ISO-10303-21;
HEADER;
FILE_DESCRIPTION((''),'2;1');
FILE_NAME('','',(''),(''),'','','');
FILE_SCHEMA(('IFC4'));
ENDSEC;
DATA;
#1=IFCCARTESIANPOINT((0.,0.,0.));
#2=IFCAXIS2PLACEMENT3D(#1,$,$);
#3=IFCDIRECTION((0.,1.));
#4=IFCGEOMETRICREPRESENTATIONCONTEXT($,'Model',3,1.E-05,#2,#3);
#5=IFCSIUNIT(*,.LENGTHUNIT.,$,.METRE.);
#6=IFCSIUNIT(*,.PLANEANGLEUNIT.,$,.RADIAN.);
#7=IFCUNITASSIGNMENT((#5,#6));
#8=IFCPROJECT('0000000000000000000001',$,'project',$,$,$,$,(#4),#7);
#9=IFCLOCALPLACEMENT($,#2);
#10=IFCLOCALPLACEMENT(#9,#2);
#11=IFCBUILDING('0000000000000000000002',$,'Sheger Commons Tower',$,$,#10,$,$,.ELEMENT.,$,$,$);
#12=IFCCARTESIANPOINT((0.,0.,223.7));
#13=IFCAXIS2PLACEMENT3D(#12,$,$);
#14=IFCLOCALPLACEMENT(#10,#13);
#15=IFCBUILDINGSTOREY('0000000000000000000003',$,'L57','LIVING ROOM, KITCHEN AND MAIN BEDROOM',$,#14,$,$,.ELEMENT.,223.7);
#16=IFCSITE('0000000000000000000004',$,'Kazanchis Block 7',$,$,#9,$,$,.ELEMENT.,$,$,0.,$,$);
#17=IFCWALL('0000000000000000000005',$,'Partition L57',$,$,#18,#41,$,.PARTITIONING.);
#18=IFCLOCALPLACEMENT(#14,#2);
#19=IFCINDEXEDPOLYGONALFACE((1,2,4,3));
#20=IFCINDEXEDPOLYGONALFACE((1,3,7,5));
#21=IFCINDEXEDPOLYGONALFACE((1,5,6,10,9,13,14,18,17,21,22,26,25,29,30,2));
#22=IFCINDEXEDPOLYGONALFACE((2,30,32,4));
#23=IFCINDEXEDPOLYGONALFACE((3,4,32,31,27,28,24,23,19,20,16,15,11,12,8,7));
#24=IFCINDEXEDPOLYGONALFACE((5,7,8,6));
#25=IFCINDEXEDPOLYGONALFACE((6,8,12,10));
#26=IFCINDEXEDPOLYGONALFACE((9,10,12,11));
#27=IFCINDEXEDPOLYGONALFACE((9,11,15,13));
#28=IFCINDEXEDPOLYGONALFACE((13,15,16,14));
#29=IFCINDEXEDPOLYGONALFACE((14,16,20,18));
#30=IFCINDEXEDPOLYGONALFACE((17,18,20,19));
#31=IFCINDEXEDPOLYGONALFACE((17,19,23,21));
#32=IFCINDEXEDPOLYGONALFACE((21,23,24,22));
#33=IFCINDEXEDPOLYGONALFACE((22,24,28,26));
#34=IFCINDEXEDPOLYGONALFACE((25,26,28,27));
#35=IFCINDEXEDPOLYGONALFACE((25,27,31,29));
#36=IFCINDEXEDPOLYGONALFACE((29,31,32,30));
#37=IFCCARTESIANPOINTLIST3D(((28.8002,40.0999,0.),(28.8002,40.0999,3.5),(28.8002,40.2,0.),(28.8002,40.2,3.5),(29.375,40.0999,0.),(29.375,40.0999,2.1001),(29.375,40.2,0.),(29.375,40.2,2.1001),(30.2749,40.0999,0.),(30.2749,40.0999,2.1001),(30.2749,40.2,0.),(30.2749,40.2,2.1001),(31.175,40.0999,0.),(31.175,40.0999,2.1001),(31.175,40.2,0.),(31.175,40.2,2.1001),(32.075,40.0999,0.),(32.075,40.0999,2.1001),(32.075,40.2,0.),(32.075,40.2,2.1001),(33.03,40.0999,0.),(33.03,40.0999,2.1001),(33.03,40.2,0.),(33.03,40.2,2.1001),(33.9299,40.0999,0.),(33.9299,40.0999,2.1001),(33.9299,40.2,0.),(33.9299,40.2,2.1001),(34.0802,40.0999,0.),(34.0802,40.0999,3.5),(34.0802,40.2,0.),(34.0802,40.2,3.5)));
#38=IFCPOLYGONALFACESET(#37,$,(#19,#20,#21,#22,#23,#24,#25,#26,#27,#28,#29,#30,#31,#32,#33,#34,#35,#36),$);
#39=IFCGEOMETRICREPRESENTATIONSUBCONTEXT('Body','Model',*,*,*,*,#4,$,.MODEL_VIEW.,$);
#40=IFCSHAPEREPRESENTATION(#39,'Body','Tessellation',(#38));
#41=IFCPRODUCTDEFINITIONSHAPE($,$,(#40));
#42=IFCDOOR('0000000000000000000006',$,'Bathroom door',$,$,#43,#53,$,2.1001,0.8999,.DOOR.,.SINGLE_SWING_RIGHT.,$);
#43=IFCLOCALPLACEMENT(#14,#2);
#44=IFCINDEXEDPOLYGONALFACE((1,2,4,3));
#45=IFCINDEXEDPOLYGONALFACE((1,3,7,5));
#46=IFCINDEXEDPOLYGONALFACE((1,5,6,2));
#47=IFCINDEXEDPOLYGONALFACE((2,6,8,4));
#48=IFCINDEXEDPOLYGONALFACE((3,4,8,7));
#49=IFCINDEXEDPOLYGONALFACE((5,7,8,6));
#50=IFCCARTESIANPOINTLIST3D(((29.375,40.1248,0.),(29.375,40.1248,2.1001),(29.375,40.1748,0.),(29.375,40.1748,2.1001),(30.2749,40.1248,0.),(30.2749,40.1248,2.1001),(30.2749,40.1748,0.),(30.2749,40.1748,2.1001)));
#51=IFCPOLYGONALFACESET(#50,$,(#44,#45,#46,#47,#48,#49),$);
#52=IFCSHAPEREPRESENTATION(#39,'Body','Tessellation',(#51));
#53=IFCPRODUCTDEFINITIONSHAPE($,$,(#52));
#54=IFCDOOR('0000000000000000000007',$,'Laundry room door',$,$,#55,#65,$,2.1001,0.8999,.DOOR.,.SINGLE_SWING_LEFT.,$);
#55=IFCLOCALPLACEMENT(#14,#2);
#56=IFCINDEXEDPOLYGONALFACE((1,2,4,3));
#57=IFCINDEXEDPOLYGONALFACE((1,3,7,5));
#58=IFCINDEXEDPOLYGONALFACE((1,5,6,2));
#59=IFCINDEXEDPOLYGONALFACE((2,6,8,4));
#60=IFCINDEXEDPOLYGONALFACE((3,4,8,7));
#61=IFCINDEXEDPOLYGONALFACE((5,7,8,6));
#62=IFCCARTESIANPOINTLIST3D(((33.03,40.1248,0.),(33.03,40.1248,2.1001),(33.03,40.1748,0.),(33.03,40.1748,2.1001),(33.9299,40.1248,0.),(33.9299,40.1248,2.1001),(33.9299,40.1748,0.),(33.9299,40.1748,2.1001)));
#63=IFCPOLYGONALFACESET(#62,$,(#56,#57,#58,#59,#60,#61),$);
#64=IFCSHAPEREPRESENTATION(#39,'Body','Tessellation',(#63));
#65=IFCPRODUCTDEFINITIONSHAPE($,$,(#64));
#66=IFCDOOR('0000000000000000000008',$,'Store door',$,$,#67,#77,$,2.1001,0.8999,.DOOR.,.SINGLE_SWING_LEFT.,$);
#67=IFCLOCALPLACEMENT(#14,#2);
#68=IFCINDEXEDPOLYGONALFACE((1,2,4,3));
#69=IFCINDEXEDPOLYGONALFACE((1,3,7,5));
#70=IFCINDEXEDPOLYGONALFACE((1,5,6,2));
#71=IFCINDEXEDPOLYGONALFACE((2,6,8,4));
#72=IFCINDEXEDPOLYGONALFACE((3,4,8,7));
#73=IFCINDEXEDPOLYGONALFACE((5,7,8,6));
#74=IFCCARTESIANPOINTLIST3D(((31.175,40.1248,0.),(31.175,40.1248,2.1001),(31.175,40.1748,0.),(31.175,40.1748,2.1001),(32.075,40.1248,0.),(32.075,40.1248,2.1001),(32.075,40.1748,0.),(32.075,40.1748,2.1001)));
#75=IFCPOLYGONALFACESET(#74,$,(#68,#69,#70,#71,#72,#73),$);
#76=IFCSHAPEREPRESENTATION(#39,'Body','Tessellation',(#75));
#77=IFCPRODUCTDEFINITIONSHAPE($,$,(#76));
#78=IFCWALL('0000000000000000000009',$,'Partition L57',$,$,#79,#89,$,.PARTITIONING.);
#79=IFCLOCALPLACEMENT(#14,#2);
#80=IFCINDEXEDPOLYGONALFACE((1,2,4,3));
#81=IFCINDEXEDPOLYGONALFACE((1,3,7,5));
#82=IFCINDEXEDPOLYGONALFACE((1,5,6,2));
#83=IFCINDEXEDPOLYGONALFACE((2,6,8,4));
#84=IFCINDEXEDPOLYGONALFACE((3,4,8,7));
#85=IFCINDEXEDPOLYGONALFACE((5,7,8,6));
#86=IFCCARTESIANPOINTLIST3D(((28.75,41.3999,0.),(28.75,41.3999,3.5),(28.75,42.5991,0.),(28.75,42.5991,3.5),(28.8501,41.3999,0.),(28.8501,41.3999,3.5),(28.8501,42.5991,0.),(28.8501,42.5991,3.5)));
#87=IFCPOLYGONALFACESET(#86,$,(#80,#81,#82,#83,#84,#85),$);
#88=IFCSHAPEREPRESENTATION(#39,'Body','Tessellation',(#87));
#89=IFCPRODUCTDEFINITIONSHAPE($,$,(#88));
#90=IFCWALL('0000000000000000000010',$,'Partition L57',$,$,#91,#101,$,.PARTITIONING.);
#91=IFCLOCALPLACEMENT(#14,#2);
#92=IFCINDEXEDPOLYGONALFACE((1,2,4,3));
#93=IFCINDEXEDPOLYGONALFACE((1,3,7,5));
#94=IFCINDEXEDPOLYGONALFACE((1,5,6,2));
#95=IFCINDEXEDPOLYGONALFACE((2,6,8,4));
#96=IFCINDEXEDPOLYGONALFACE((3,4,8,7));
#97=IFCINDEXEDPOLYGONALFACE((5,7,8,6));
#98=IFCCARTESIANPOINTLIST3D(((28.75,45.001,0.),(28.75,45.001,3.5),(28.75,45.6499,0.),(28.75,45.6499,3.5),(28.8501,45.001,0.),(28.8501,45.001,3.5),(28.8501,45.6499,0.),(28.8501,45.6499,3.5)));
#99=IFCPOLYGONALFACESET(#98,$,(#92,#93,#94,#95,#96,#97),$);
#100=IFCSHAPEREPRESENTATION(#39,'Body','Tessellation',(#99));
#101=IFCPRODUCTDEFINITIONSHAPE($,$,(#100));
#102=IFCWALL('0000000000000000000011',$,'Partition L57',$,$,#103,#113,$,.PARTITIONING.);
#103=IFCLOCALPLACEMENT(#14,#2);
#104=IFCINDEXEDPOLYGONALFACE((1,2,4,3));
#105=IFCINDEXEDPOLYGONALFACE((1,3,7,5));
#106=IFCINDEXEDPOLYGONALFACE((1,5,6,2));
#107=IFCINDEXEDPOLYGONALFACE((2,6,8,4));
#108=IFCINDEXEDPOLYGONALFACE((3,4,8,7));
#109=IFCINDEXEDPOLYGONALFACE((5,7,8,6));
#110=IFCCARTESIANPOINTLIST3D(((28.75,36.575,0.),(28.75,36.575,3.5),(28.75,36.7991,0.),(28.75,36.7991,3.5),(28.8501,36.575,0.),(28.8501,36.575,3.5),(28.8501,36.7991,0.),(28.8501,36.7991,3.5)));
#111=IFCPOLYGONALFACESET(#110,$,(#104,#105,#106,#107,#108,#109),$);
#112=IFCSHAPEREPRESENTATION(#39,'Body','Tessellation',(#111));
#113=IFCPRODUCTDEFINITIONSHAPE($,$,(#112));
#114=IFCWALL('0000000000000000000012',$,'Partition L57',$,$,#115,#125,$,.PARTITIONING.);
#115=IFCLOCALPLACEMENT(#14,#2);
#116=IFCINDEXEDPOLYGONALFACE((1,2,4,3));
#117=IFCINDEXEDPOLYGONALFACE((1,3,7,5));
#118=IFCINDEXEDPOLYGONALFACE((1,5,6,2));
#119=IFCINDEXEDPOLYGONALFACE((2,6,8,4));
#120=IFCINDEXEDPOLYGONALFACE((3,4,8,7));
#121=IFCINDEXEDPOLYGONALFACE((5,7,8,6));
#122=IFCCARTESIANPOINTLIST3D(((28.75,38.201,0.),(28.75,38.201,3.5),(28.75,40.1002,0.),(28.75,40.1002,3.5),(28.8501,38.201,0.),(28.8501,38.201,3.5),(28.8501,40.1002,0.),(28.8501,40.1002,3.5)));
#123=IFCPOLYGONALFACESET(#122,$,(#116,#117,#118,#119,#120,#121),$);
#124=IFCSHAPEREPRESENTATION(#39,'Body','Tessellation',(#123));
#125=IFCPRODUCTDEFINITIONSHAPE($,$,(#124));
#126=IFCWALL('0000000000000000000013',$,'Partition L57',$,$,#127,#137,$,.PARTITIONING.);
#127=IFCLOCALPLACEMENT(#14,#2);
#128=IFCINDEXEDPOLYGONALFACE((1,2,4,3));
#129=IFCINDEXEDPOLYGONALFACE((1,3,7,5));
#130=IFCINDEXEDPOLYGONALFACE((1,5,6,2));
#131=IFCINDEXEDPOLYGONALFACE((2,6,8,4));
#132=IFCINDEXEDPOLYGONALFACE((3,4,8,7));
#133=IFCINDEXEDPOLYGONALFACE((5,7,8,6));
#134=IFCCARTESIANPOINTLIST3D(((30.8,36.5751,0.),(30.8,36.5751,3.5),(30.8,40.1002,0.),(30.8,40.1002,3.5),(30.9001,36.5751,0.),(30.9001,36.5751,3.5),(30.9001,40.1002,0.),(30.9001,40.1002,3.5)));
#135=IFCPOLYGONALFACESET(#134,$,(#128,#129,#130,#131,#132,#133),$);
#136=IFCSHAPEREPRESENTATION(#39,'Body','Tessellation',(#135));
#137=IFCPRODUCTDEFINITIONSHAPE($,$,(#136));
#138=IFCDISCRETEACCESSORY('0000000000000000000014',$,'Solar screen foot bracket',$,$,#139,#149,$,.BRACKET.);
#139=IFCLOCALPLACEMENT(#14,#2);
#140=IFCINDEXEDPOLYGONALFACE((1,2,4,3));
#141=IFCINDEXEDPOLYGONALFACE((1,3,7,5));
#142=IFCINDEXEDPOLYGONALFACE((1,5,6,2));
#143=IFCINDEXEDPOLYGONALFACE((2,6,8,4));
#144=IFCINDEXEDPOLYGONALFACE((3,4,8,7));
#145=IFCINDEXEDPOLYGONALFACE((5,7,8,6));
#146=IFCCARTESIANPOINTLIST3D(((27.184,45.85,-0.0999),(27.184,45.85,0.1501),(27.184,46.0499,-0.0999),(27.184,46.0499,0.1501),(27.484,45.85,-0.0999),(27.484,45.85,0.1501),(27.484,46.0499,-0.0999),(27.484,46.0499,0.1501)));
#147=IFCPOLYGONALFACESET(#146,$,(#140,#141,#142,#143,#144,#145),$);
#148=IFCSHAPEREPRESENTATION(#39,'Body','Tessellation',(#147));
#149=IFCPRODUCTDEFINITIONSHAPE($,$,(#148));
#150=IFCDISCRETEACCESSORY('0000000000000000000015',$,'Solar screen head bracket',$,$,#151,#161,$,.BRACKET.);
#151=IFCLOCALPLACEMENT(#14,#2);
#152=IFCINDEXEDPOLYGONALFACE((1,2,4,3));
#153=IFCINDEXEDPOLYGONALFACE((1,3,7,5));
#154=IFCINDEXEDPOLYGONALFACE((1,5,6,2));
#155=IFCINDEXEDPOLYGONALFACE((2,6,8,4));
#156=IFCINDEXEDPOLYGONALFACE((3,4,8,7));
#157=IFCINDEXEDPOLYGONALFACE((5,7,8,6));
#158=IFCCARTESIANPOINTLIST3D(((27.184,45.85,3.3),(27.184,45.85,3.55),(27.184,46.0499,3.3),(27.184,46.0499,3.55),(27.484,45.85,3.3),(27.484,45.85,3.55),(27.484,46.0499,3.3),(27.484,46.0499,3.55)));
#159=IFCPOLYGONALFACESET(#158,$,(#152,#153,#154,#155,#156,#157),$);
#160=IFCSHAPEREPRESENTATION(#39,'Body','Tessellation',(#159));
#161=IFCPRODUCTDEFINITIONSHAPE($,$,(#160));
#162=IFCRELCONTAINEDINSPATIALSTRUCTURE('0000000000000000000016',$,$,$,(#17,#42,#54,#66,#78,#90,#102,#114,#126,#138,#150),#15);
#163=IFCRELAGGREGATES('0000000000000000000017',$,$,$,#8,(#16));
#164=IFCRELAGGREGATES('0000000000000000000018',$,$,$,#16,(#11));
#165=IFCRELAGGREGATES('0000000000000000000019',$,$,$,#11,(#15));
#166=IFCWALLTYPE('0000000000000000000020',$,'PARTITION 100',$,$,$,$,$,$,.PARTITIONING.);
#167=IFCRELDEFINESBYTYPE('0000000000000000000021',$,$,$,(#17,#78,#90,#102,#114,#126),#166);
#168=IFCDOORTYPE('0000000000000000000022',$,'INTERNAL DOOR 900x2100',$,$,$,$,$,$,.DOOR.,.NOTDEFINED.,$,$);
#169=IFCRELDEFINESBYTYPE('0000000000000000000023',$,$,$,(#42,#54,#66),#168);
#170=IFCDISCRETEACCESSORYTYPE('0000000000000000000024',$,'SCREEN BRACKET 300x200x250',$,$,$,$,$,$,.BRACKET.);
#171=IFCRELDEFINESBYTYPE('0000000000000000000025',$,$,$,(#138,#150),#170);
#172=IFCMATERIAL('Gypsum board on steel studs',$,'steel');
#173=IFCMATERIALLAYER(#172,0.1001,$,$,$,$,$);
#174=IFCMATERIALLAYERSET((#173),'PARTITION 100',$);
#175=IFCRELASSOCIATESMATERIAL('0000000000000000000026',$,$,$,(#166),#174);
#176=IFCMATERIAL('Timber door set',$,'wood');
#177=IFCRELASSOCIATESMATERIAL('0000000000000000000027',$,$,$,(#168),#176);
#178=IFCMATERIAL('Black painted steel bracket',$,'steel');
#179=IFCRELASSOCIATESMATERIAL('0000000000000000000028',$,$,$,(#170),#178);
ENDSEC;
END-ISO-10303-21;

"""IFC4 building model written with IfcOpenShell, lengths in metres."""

from ifc_helpers import new_model, si_unit, direction, frame, frame_2d, origin, origin_2d, place, context, subcontext, project, spatial, rectangle, extrude, material, layer, layer_set, type_object, element, fill, save


model = new_model("IFC4")

# Units and contexts
model_context = context("Model", 3, precision=1e-05, world=origin(), true_north=direction((0.0, 1.0)))
body_context = subcontext(model_context, "Body", "Model", "MODEL_VIEW")
ifc_project = project(units=[si_unit("LENGTHUNIT", "METRE"), si_unit("PLANEANGLEUNIT", "RADIAN")], contexts=[model_context])

# Site, building, storey
site_placement = place(None, origin())
site = spatial("IfcSite", under=ifc_project, at=site_placement, Name="Kazanchis Block 7", CompositionType="ELEMENT", RefElevation=0.0)
building_placement = place(site_placement, origin())
building = spatial("IfcBuilding", under=site, at=building_placement, Name="Sheger Commons Tower", CompositionType="ELEMENT")
storey_placement = place(building_placement, frame((0.0, 0.0, 223.7)))
storey = spatial("IfcBuildingStorey", under=building, at=storey_placement, Name="L57", Description="LIVING ROOM, KITCHEN AND MAIN BEDROOM", CompositionType="ELEMENT", Elevation=223.7)

# Shared definitions
ifc_material_1 = material(Name="Gypsum board on steel studs", Category="steel")
ifc_layer_1 = layer(ifc_material_1, 0.1001)
ifc_layer_set_1 = layer_set([ifc_layer_1], Name="PARTITION 100")
wall_type_1 = type_object("IfcWallType", Name="PARTITION 100", PredefinedType="PARTITIONING", material=ifc_layer_set_1)

# Shared definitions
ifc_material_2 = material(Name="Timber door set", Category="wood")
door_type = type_object("IfcDoorType", Name="INTERNAL DOOR 900x2100", OperationType="NOTDEFINED", PredefinedType="DOOR", material=ifc_material_2)

# Wall, openings, doors
wall_1_placement = place(storey_placement, frame((28.8, 40.1499, 0.0), z_axis=(0.0, 0.0, 1.0), x_axis=(1.0, 0.0, 0.0)))
wall_1 = element("IfcWall", 1, at=wall_1_placement, inside=storey, type_object=wall_type_1, Name="Partition L57", PredefinedType="PARTITIONING", context=body_context, shape_type="SweptSolid", body=[
    extrude(rectangle(XDim=5.28, YDim=0.1001, at=frame_2d((2.6401, 0.0))), origin(), (0.0, 0.0, 1.0), 3.5),
])
opening_1_placement = place(wall_1_placement, frame((0.575, 0.0, 0.0)))
opening_1 = element("IfcOpeningElement", 2, at=opening_1_placement, cuts=wall_1, PredefinedType="OPENING", context=body_context, shape_type="SweptSolid", body=[
    extrude(rectangle(XDim=0.8999, YDim=2.1001, at=frame_2d((0.45, 1.05))), frame((0.0, 0.0601, 0.0), z_axis=(0.0, -1.0, 0.0), x_axis=(1.0, 0.0, 0.0)), (0.0, 0.0, 1.0), 0.1201),
])
opening_2_placement = place(wall_1_placement, frame((4.23, 0.0, 0.0)))
opening_2 = element("IfcOpeningElement", 3, at=opening_2_placement, cuts=wall_1, PredefinedType="OPENING", context=body_context, shape_type="SweptSolid", body=[
    extrude(rectangle(XDim=0.8999, YDim=2.1001, at=frame_2d((0.45, 1.05))), frame((0.0, 0.0601, 0.0), z_axis=(0.0, -1.0, 0.0), x_axis=(1.0, 0.0, 0.0)), (0.0, 0.0, 1.0), 0.1201),
])
opening_3_placement = place(wall_1_placement, frame((2.375, 0.0, 0.0)))
opening_3 = element("IfcOpeningElement", 4, at=opening_3_placement, cuts=wall_1, PredefinedType="OPENING", context=body_context, shape_type="SweptSolid", body=[
    extrude(rectangle(XDim=0.8999, YDim=2.1001, at=frame_2d((0.45, 1.05))), frame((0.0, 0.0601, 0.0), z_axis=(0.0, -1.0, 0.0), x_axis=(1.0, 0.0, 0.0)), (0.0, 0.0, 1.0), 0.1201),
])
door_1_placement = place(opening_1_placement, origin())
door_1 = element("IfcDoor", 5, at=door_1_placement, inside=storey, type_object=door_type, Name="Bathroom door", OperationType="SINGLE_SWING_RIGHT", OverallHeight=2.1001, OverallWidth=0.8999, PredefinedType="DOOR", context=body_context, shape_type="SweptSolid", body=[
    extrude(rectangle(XDim=0.8999, YDim=2.1001, at=frame_2d((0.45, 1.05))), frame((0.0, 0.0249, 0.0), z_axis=(0.0, -1.0, 0.0), x_axis=(1.0, 0.0, 0.0)), (0.0, 0.0, 1.0), 0.05),
])
fill(opening_1, door_1)
door_2_placement = place(opening_2_placement, origin())
door_2 = element("IfcDoor", 6, at=door_2_placement, inside=storey, type_object=door_type, Name="Laundry room door", OperationType="SINGLE_SWING_LEFT", OverallHeight=2.1001, OverallWidth=0.8999, PredefinedType="DOOR", context=body_context, shape_type="SweptSolid", body=[
    extrude(rectangle(XDim=0.8999, YDim=2.1001, at=frame_2d((0.45, 1.05))), frame((0.0, 0.0249, 0.0), z_axis=(0.0, -1.0, 0.0), x_axis=(1.0, 0.0, 0.0)), (0.0, 0.0, 1.0), 0.05),
])
fill(opening_2, door_2)
door_3_placement = place(opening_3_placement, origin())
door_3 = element("IfcDoor", 7, at=door_3_placement, inside=storey, type_object=door_type, Name="Store door", OperationType="SINGLE_SWING_LEFT", OverallHeight=2.1001, OverallWidth=0.8999, PredefinedType="DOOR", context=body_context, shape_type="SweptSolid", body=[
    extrude(rectangle(XDim=0.8999, YDim=2.1001, at=frame_2d((0.45, 1.05))), frame((0.0, 0.0249, 0.0), z_axis=(0.0, -1.0, 0.0), x_axis=(1.0, 0.0, 0.0)), (0.0, 0.0, 1.0), 0.05),
])
fill(opening_3, door_3)

# Walls
wall_2_placement = place(storey_placement, frame((28.8, 41.3999, 0.0), z_axis=(0.0, 0.0, 1.0), x_axis=(0.0, 1.0, 0.0)))
element("IfcWall", 8, at=wall_2_placement, inside=storey, type_object=wall_type_1, Name="Partition L57", PredefinedType="PARTITIONING", context=body_context, shape_type="SweptSolid", body=[
    extrude(rectangle(XDim=1.1992, YDim=0.1001, at=frame_2d((0.5996, 0.0))), origin(), (0.0, 0.0, 1.0), 3.5),
])
wall_3_placement = place(storey_placement, frame((28.8, 45.001, 0.0), z_axis=(0.0, 0.0, 1.0), x_axis=(0.0, 1.0, 0.0)))
element("IfcWall", 9, at=wall_3_placement, inside=storey, type_object=wall_type_1, Name="Partition L57", PredefinedType="PARTITIONING", context=body_context, shape_type="SweptSolid", body=[
    extrude(rectangle(XDim=0.6489, YDim=0.1001, at=frame_2d((0.3245, 0.0))), origin(), (0.0, 0.0, 1.0), 3.5),
])
wall_4_placement = place(storey_placement, frame((28.8, 36.575, 0.0), z_axis=(0.0, 0.0, 1.0), x_axis=(0.0, 1.0, 0.0)))
element("IfcWall", 10, at=wall_4_placement, inside=storey, type_object=wall_type_1, Name="Partition L57", PredefinedType="PARTITIONING", context=body_context, shape_type="SweptSolid", body=[
    extrude(rectangle(XDim=0.2241, YDim=0.1001, at=frame_2d((0.1121, 0.0))), origin(), (0.0, 0.0, 1.0), 3.5),
])
wall_5_placement = place(storey_placement, frame((28.8, 38.2009, 0.0), z_axis=(0.0, 0.0, 1.0), x_axis=(0.0, 1.0, 0.0)))
element("IfcWall", 11, at=wall_5_placement, inside=storey, type_object=wall_type_1, Name="Partition L57", PredefinedType="PARTITIONING", context=body_context, shape_type="SweptSolid", body=[
    extrude(rectangle(XDim=1.8992, YDim=0.1001, at=frame_2d((0.9497, 0.0))), origin(), (0.0, 0.0, 1.0), 3.5),
])
wall_6_placement = place(storey_placement, frame((30.8501, 36.575, 0.0), z_axis=(0.0, 0.0, 1.0), x_axis=(0.0, 1.0, 0.0)))
element("IfcWall", 12, at=wall_6_placement, inside=storey, type_object=wall_type_1, Name="Partition L57", PredefinedType="PARTITIONING", context=body_context, shape_type="SweptSolid", body=[
    extrude(rectangle(XDim=3.5251, YDim=0.1001, at=frame_2d((1.7627, 0.0))), origin(), (0.0, 0.0, 1.0), 3.5),
])

# Discrete accessories
ifc_material_3 = material(Name="Black painted steel bracket", Category="steel")
discrete_accessory_type = type_object("IfcDiscreteAccessoryType", Name="SCREEN BRACKET 300x200x250", PredefinedType="BRACKET", material=ifc_material_3)
for number, where, z_axis, x_axis, name in (
    (13, (27.334, 45.95, -0.0999), (0.0, 0.0, 1.0), (-1.0, 0.0, 0.0), "Solar screen foot bracket"),
    (14, (27.334, 45.95, 3.3), (0.0, 0.0, 1.0), (-1.0, 0.0, 0.0), "Solar screen head bracket"),
):
    element("IfcDiscreteAccessory", number, at=place(storey_placement, frame(where, z_axis=z_axis, x_axis=x_axis)), inside=storey, type_object=discrete_accessory_type, Name=name, PredefinedType="BRACKET", context=body_context, shape_type="SweptSolid", body=[
        extrude(rectangle(XDim=0.3, YDim=0.2, at=origin_2d()), origin(), (0.0, 0.0, 1.0), 0.25),
    ])

save(model, "model.ifc")
